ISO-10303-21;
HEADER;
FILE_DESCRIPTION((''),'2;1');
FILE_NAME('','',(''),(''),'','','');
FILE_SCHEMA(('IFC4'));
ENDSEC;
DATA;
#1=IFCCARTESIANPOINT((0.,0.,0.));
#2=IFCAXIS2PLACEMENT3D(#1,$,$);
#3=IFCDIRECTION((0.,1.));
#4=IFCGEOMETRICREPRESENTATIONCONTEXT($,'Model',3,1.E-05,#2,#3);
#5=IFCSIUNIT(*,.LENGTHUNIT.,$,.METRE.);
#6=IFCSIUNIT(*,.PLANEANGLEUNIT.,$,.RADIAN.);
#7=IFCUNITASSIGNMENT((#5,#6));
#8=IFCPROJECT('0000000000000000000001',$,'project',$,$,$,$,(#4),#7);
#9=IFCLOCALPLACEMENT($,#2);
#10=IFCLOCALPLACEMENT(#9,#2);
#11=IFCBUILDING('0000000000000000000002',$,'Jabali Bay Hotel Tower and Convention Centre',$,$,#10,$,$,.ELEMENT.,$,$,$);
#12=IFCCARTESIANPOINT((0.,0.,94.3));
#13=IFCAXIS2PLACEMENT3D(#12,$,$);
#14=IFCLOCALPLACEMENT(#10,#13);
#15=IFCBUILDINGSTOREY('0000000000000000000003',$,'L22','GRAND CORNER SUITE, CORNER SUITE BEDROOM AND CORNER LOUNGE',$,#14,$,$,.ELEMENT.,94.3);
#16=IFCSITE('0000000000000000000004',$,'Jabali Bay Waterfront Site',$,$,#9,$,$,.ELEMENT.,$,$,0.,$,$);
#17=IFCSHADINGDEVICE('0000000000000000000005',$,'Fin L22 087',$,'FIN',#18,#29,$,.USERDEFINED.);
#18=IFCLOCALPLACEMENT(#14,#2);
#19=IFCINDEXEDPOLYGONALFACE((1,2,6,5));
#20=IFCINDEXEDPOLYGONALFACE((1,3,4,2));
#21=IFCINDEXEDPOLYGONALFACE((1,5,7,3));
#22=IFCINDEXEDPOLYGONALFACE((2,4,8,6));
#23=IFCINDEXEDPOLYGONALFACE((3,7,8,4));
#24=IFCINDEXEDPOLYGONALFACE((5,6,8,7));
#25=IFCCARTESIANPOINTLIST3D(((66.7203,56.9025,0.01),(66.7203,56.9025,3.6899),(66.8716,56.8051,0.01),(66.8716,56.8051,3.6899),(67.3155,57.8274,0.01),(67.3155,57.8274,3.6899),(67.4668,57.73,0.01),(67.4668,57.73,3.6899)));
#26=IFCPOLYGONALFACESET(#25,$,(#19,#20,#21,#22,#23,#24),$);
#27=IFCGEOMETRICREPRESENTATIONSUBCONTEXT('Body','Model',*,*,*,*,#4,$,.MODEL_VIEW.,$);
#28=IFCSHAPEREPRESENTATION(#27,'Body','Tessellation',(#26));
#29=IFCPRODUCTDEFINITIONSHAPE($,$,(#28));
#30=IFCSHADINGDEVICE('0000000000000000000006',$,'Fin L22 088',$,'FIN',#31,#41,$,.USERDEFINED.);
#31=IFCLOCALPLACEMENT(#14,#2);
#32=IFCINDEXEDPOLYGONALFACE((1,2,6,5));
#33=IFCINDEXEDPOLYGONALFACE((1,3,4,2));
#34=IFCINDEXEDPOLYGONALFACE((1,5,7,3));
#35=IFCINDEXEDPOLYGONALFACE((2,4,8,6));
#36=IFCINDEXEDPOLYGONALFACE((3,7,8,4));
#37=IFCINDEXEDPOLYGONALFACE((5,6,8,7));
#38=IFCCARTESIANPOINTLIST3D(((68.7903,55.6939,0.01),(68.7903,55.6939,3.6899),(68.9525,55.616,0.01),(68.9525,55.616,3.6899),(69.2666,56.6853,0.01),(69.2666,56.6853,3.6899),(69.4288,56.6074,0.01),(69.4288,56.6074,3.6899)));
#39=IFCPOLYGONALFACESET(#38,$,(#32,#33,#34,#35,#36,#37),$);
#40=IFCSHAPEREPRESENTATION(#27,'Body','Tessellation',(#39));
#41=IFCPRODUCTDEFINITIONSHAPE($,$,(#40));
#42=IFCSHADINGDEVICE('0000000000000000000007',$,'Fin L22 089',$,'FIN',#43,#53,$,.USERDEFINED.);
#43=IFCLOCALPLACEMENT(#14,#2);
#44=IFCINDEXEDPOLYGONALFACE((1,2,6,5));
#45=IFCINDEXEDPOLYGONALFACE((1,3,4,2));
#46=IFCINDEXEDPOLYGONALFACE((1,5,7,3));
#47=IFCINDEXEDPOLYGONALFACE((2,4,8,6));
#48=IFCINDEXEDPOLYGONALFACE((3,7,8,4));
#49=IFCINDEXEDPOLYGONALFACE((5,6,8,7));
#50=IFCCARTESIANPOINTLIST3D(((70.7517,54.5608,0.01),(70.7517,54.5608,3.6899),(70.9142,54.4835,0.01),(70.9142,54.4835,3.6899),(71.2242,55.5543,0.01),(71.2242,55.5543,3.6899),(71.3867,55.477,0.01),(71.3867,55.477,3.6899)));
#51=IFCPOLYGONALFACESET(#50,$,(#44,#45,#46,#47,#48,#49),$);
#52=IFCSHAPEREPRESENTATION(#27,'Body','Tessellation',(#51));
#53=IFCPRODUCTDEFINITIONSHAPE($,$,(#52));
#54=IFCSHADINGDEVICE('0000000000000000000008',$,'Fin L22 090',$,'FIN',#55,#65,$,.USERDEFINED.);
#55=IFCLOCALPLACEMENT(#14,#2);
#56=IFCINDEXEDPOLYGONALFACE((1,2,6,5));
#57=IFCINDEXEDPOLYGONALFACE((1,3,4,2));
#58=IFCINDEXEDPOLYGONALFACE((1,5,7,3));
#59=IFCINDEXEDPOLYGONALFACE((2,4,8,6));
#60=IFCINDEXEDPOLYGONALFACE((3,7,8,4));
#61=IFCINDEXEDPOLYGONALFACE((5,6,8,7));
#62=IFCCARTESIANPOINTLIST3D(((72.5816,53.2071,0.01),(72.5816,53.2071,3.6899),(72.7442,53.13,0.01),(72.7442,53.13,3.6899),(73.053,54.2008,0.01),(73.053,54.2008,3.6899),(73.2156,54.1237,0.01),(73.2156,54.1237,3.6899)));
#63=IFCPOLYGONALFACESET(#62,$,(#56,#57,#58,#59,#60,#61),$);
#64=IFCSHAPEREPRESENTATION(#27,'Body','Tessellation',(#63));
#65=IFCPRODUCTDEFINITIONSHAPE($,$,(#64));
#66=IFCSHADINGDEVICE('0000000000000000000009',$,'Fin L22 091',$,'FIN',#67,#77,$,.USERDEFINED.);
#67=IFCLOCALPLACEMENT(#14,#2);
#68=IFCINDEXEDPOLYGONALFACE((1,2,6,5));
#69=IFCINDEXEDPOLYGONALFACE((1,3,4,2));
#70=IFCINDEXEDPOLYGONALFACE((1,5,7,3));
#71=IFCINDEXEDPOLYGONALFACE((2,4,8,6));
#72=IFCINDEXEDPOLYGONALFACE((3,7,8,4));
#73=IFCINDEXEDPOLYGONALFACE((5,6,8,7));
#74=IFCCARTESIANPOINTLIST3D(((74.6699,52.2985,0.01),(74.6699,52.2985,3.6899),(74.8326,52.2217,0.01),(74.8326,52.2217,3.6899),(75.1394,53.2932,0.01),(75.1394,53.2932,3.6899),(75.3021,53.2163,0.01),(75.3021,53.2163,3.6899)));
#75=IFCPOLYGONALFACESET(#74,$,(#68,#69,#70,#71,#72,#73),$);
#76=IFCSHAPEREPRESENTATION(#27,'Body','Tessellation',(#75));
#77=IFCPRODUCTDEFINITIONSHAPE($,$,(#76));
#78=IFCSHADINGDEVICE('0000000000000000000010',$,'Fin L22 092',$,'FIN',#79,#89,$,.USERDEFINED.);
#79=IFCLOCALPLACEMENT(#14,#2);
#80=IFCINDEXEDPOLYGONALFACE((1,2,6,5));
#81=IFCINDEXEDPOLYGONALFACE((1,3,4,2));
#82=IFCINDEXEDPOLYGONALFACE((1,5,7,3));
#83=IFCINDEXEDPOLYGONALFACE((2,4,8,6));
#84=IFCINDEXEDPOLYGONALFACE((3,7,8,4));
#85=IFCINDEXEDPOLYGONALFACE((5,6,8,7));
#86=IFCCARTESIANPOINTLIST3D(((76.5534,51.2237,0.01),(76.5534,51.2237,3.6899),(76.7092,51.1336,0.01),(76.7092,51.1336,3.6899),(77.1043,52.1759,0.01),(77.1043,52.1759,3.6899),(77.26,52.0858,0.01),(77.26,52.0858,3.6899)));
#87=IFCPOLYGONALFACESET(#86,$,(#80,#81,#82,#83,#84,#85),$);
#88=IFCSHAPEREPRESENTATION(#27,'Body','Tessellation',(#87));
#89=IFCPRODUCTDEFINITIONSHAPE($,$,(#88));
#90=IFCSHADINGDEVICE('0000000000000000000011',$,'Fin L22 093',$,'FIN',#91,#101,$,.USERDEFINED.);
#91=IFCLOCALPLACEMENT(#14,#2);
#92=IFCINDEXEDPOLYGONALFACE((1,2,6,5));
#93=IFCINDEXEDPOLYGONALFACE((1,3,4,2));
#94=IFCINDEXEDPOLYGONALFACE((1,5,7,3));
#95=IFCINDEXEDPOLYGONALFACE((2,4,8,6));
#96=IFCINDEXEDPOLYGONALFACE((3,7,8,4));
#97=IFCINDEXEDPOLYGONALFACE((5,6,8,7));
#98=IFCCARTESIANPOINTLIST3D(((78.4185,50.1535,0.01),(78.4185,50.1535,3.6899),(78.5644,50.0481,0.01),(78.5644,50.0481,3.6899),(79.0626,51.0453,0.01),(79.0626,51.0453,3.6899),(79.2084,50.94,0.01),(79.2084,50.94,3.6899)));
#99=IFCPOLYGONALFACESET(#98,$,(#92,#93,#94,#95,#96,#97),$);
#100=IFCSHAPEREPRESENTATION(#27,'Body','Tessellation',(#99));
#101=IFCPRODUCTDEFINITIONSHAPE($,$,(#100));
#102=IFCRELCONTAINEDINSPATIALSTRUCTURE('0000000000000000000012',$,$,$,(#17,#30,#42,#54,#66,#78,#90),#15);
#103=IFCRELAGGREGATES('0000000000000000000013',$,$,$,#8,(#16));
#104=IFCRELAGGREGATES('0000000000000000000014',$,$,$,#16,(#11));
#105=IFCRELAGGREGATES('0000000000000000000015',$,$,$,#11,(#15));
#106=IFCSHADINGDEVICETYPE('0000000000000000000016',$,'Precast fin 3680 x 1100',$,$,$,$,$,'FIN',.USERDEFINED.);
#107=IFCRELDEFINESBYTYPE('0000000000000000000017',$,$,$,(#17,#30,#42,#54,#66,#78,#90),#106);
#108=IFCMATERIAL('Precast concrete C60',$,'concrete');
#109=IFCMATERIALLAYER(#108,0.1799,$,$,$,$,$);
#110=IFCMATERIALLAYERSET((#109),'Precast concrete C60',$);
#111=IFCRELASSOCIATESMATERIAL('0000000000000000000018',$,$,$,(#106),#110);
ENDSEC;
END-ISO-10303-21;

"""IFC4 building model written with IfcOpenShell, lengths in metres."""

from ifc_helpers import new_model, si_unit, direction, frame, frame_2d, origin, place, context, subcontext, project, spatial, rectangle, extrude, material, layer, layer_set, type_object, element, save


model = new_model("IFC4")

# Units and contexts
model_context = context("Model", 3, precision=1e-05, world=origin(), true_north=direction((0.0, 1.0)))
body_context = subcontext(model_context, "Body", "Model", "MODEL_VIEW")
ifc_project = project(units=[si_unit("LENGTHUNIT", "METRE"), si_unit("PLANEANGLEUNIT", "RADIAN")], contexts=[model_context])

# Site, building, storey
site_placement = place(None, origin())
site = spatial("IfcSite", under=ifc_project, at=site_placement, Name="Jabali Bay Waterfront Site", CompositionType="ELEMENT", RefElevation=0.0)
building_placement = place(site_placement, origin())
building = spatial("IfcBuilding", under=site, at=building_placement, Name="Jabali Bay Hotel Tower and Convention Centre", CompositionType="ELEMENT")
storey_placement = place(building_placement, frame((0.0, 0.0, 94.3)))
storey = spatial("IfcBuildingStorey", under=building, at=storey_placement, Name="L22", Description="GRAND CORNER SUITE, CORNER SUITE BEDROOM AND CORNER LOUNGE", CompositionType="ELEMENT", Elevation=94.3)

# Shading devices
ifc_material_1 = material(Name="Precast concrete C60", Category="concrete")
ifc_layer_1 = layer(ifc_material_1, 0.1799)
ifc_layer_set_1 = layer_set([ifc_layer_1], Name="Precast concrete C60")
shading_device_type = type_object("IfcShadingDeviceType", Name="Precast fin 3680 x 1100", ElementType="FIN", PredefinedType="USERDEFINED", material=ifc_layer_set_1)
for number, where, z_axis, x_axis, name in (
    (1, (67.3911, 57.7786, 0.01), (0.0, 0.0, 1.0), (-0.541206, -0.84089, 0.0), "Fin L22 087"),
    (2, (69.3477, 56.6462, 0.01), (0.0, 0.0, 1.0), (-0.433041, -0.901374, 0.0), "Fin L22 088"),
):
    element("IfcShadingDevice", number, at=place(storey_placement, frame(where, z_axis=z_axis, x_axis=x_axis)), inside=storey, type_object=shading_device_type, Name=name, ObjectType="FIN", PredefinedType="USERDEFINED", context=body_context, shape_type="SweptSolid", body=[
        extrude(rectangle(XDim=1.0999, YDim=0.1799, at=frame_2d((0.5498, 0.0))), origin(), (0.0, 0.0, 1.0), 3.6799),
    ])
shading_device_placement = place(storey_placement, frame((71.3054, 55.5156, 0.01), z_axis=(0.0, 0.0, 1.0), x_axis=(-0.42946, -0.903086, 0.0)))
element("IfcShadingDevice", 3, at=shading_device_placement, inside=storey, type_object=shading_device_type, Name="Fin L22 089", ObjectType="FIN", PredefinedType="USERDEFINED", context=body_context, shape_type="SweptSolid", body=[
    extrude(rectangle(XDim=1.1001, YDim=0.1799, at=frame_2d((0.55, 0.0))), origin(), (0.0, 0.0, 1.0), 3.6799),
])
for number, where, z_axis, x_axis, name in (
    (4, (73.1343, 54.1621, 0.01), (0.0, 0.0, 1.0), (-0.428649, -0.903471, 0.0), "Fin L22 090"),
    (5, (75.2207, 53.2546, 0.01), (0.0, 0.0, 1.0), (-0.426855, -0.90432, 0.0), "Fin L22 091"),
):
    element("IfcShadingDevice", number, at=place(storey_placement, frame(where, z_axis=z_axis, x_axis=x_axis)), inside=storey, type_object=shading_device_type, Name=name, ObjectType="FIN", PredefinedType="USERDEFINED", context=body_context, shape_type="SweptSolid", body=[
        extrude(rectangle(XDim=1.0999, YDim=0.1799, at=frame_2d((0.5498, 0.0))), origin(), (0.0, 0.0, 1.0), 3.6799),
    ])
for number, where, z_axis, x_axis, name in (
    (6, (77.1821, 52.1309, 0.01), (0.0, 0.0, 1.0), (-0.500721, -0.865609, 0.0), "Fin L22 092"),
    (7, (79.1355, 50.9927, 0.01), (0.0, 0.0, 1.0), (-0.58545, -0.810708, 0.0), "Fin L22 093"),
):
    element("IfcShadingDevice", number, at=place(storey_placement, frame(where, z_axis=z_axis, x_axis=x_axis)), inside=storey, type_object=shading_device_type, Name=name, ObjectType="FIN", PredefinedType="USERDEFINED", context=body_context, shape_type="SweptSolid", body=[
        extrude(rectangle(XDim=1.1001, YDim=0.1799, at=frame_2d((0.55, 0.0))), origin(), (0.0, 0.0, 1.0), 3.6799),
    ])

save(model, "model.ifc")
